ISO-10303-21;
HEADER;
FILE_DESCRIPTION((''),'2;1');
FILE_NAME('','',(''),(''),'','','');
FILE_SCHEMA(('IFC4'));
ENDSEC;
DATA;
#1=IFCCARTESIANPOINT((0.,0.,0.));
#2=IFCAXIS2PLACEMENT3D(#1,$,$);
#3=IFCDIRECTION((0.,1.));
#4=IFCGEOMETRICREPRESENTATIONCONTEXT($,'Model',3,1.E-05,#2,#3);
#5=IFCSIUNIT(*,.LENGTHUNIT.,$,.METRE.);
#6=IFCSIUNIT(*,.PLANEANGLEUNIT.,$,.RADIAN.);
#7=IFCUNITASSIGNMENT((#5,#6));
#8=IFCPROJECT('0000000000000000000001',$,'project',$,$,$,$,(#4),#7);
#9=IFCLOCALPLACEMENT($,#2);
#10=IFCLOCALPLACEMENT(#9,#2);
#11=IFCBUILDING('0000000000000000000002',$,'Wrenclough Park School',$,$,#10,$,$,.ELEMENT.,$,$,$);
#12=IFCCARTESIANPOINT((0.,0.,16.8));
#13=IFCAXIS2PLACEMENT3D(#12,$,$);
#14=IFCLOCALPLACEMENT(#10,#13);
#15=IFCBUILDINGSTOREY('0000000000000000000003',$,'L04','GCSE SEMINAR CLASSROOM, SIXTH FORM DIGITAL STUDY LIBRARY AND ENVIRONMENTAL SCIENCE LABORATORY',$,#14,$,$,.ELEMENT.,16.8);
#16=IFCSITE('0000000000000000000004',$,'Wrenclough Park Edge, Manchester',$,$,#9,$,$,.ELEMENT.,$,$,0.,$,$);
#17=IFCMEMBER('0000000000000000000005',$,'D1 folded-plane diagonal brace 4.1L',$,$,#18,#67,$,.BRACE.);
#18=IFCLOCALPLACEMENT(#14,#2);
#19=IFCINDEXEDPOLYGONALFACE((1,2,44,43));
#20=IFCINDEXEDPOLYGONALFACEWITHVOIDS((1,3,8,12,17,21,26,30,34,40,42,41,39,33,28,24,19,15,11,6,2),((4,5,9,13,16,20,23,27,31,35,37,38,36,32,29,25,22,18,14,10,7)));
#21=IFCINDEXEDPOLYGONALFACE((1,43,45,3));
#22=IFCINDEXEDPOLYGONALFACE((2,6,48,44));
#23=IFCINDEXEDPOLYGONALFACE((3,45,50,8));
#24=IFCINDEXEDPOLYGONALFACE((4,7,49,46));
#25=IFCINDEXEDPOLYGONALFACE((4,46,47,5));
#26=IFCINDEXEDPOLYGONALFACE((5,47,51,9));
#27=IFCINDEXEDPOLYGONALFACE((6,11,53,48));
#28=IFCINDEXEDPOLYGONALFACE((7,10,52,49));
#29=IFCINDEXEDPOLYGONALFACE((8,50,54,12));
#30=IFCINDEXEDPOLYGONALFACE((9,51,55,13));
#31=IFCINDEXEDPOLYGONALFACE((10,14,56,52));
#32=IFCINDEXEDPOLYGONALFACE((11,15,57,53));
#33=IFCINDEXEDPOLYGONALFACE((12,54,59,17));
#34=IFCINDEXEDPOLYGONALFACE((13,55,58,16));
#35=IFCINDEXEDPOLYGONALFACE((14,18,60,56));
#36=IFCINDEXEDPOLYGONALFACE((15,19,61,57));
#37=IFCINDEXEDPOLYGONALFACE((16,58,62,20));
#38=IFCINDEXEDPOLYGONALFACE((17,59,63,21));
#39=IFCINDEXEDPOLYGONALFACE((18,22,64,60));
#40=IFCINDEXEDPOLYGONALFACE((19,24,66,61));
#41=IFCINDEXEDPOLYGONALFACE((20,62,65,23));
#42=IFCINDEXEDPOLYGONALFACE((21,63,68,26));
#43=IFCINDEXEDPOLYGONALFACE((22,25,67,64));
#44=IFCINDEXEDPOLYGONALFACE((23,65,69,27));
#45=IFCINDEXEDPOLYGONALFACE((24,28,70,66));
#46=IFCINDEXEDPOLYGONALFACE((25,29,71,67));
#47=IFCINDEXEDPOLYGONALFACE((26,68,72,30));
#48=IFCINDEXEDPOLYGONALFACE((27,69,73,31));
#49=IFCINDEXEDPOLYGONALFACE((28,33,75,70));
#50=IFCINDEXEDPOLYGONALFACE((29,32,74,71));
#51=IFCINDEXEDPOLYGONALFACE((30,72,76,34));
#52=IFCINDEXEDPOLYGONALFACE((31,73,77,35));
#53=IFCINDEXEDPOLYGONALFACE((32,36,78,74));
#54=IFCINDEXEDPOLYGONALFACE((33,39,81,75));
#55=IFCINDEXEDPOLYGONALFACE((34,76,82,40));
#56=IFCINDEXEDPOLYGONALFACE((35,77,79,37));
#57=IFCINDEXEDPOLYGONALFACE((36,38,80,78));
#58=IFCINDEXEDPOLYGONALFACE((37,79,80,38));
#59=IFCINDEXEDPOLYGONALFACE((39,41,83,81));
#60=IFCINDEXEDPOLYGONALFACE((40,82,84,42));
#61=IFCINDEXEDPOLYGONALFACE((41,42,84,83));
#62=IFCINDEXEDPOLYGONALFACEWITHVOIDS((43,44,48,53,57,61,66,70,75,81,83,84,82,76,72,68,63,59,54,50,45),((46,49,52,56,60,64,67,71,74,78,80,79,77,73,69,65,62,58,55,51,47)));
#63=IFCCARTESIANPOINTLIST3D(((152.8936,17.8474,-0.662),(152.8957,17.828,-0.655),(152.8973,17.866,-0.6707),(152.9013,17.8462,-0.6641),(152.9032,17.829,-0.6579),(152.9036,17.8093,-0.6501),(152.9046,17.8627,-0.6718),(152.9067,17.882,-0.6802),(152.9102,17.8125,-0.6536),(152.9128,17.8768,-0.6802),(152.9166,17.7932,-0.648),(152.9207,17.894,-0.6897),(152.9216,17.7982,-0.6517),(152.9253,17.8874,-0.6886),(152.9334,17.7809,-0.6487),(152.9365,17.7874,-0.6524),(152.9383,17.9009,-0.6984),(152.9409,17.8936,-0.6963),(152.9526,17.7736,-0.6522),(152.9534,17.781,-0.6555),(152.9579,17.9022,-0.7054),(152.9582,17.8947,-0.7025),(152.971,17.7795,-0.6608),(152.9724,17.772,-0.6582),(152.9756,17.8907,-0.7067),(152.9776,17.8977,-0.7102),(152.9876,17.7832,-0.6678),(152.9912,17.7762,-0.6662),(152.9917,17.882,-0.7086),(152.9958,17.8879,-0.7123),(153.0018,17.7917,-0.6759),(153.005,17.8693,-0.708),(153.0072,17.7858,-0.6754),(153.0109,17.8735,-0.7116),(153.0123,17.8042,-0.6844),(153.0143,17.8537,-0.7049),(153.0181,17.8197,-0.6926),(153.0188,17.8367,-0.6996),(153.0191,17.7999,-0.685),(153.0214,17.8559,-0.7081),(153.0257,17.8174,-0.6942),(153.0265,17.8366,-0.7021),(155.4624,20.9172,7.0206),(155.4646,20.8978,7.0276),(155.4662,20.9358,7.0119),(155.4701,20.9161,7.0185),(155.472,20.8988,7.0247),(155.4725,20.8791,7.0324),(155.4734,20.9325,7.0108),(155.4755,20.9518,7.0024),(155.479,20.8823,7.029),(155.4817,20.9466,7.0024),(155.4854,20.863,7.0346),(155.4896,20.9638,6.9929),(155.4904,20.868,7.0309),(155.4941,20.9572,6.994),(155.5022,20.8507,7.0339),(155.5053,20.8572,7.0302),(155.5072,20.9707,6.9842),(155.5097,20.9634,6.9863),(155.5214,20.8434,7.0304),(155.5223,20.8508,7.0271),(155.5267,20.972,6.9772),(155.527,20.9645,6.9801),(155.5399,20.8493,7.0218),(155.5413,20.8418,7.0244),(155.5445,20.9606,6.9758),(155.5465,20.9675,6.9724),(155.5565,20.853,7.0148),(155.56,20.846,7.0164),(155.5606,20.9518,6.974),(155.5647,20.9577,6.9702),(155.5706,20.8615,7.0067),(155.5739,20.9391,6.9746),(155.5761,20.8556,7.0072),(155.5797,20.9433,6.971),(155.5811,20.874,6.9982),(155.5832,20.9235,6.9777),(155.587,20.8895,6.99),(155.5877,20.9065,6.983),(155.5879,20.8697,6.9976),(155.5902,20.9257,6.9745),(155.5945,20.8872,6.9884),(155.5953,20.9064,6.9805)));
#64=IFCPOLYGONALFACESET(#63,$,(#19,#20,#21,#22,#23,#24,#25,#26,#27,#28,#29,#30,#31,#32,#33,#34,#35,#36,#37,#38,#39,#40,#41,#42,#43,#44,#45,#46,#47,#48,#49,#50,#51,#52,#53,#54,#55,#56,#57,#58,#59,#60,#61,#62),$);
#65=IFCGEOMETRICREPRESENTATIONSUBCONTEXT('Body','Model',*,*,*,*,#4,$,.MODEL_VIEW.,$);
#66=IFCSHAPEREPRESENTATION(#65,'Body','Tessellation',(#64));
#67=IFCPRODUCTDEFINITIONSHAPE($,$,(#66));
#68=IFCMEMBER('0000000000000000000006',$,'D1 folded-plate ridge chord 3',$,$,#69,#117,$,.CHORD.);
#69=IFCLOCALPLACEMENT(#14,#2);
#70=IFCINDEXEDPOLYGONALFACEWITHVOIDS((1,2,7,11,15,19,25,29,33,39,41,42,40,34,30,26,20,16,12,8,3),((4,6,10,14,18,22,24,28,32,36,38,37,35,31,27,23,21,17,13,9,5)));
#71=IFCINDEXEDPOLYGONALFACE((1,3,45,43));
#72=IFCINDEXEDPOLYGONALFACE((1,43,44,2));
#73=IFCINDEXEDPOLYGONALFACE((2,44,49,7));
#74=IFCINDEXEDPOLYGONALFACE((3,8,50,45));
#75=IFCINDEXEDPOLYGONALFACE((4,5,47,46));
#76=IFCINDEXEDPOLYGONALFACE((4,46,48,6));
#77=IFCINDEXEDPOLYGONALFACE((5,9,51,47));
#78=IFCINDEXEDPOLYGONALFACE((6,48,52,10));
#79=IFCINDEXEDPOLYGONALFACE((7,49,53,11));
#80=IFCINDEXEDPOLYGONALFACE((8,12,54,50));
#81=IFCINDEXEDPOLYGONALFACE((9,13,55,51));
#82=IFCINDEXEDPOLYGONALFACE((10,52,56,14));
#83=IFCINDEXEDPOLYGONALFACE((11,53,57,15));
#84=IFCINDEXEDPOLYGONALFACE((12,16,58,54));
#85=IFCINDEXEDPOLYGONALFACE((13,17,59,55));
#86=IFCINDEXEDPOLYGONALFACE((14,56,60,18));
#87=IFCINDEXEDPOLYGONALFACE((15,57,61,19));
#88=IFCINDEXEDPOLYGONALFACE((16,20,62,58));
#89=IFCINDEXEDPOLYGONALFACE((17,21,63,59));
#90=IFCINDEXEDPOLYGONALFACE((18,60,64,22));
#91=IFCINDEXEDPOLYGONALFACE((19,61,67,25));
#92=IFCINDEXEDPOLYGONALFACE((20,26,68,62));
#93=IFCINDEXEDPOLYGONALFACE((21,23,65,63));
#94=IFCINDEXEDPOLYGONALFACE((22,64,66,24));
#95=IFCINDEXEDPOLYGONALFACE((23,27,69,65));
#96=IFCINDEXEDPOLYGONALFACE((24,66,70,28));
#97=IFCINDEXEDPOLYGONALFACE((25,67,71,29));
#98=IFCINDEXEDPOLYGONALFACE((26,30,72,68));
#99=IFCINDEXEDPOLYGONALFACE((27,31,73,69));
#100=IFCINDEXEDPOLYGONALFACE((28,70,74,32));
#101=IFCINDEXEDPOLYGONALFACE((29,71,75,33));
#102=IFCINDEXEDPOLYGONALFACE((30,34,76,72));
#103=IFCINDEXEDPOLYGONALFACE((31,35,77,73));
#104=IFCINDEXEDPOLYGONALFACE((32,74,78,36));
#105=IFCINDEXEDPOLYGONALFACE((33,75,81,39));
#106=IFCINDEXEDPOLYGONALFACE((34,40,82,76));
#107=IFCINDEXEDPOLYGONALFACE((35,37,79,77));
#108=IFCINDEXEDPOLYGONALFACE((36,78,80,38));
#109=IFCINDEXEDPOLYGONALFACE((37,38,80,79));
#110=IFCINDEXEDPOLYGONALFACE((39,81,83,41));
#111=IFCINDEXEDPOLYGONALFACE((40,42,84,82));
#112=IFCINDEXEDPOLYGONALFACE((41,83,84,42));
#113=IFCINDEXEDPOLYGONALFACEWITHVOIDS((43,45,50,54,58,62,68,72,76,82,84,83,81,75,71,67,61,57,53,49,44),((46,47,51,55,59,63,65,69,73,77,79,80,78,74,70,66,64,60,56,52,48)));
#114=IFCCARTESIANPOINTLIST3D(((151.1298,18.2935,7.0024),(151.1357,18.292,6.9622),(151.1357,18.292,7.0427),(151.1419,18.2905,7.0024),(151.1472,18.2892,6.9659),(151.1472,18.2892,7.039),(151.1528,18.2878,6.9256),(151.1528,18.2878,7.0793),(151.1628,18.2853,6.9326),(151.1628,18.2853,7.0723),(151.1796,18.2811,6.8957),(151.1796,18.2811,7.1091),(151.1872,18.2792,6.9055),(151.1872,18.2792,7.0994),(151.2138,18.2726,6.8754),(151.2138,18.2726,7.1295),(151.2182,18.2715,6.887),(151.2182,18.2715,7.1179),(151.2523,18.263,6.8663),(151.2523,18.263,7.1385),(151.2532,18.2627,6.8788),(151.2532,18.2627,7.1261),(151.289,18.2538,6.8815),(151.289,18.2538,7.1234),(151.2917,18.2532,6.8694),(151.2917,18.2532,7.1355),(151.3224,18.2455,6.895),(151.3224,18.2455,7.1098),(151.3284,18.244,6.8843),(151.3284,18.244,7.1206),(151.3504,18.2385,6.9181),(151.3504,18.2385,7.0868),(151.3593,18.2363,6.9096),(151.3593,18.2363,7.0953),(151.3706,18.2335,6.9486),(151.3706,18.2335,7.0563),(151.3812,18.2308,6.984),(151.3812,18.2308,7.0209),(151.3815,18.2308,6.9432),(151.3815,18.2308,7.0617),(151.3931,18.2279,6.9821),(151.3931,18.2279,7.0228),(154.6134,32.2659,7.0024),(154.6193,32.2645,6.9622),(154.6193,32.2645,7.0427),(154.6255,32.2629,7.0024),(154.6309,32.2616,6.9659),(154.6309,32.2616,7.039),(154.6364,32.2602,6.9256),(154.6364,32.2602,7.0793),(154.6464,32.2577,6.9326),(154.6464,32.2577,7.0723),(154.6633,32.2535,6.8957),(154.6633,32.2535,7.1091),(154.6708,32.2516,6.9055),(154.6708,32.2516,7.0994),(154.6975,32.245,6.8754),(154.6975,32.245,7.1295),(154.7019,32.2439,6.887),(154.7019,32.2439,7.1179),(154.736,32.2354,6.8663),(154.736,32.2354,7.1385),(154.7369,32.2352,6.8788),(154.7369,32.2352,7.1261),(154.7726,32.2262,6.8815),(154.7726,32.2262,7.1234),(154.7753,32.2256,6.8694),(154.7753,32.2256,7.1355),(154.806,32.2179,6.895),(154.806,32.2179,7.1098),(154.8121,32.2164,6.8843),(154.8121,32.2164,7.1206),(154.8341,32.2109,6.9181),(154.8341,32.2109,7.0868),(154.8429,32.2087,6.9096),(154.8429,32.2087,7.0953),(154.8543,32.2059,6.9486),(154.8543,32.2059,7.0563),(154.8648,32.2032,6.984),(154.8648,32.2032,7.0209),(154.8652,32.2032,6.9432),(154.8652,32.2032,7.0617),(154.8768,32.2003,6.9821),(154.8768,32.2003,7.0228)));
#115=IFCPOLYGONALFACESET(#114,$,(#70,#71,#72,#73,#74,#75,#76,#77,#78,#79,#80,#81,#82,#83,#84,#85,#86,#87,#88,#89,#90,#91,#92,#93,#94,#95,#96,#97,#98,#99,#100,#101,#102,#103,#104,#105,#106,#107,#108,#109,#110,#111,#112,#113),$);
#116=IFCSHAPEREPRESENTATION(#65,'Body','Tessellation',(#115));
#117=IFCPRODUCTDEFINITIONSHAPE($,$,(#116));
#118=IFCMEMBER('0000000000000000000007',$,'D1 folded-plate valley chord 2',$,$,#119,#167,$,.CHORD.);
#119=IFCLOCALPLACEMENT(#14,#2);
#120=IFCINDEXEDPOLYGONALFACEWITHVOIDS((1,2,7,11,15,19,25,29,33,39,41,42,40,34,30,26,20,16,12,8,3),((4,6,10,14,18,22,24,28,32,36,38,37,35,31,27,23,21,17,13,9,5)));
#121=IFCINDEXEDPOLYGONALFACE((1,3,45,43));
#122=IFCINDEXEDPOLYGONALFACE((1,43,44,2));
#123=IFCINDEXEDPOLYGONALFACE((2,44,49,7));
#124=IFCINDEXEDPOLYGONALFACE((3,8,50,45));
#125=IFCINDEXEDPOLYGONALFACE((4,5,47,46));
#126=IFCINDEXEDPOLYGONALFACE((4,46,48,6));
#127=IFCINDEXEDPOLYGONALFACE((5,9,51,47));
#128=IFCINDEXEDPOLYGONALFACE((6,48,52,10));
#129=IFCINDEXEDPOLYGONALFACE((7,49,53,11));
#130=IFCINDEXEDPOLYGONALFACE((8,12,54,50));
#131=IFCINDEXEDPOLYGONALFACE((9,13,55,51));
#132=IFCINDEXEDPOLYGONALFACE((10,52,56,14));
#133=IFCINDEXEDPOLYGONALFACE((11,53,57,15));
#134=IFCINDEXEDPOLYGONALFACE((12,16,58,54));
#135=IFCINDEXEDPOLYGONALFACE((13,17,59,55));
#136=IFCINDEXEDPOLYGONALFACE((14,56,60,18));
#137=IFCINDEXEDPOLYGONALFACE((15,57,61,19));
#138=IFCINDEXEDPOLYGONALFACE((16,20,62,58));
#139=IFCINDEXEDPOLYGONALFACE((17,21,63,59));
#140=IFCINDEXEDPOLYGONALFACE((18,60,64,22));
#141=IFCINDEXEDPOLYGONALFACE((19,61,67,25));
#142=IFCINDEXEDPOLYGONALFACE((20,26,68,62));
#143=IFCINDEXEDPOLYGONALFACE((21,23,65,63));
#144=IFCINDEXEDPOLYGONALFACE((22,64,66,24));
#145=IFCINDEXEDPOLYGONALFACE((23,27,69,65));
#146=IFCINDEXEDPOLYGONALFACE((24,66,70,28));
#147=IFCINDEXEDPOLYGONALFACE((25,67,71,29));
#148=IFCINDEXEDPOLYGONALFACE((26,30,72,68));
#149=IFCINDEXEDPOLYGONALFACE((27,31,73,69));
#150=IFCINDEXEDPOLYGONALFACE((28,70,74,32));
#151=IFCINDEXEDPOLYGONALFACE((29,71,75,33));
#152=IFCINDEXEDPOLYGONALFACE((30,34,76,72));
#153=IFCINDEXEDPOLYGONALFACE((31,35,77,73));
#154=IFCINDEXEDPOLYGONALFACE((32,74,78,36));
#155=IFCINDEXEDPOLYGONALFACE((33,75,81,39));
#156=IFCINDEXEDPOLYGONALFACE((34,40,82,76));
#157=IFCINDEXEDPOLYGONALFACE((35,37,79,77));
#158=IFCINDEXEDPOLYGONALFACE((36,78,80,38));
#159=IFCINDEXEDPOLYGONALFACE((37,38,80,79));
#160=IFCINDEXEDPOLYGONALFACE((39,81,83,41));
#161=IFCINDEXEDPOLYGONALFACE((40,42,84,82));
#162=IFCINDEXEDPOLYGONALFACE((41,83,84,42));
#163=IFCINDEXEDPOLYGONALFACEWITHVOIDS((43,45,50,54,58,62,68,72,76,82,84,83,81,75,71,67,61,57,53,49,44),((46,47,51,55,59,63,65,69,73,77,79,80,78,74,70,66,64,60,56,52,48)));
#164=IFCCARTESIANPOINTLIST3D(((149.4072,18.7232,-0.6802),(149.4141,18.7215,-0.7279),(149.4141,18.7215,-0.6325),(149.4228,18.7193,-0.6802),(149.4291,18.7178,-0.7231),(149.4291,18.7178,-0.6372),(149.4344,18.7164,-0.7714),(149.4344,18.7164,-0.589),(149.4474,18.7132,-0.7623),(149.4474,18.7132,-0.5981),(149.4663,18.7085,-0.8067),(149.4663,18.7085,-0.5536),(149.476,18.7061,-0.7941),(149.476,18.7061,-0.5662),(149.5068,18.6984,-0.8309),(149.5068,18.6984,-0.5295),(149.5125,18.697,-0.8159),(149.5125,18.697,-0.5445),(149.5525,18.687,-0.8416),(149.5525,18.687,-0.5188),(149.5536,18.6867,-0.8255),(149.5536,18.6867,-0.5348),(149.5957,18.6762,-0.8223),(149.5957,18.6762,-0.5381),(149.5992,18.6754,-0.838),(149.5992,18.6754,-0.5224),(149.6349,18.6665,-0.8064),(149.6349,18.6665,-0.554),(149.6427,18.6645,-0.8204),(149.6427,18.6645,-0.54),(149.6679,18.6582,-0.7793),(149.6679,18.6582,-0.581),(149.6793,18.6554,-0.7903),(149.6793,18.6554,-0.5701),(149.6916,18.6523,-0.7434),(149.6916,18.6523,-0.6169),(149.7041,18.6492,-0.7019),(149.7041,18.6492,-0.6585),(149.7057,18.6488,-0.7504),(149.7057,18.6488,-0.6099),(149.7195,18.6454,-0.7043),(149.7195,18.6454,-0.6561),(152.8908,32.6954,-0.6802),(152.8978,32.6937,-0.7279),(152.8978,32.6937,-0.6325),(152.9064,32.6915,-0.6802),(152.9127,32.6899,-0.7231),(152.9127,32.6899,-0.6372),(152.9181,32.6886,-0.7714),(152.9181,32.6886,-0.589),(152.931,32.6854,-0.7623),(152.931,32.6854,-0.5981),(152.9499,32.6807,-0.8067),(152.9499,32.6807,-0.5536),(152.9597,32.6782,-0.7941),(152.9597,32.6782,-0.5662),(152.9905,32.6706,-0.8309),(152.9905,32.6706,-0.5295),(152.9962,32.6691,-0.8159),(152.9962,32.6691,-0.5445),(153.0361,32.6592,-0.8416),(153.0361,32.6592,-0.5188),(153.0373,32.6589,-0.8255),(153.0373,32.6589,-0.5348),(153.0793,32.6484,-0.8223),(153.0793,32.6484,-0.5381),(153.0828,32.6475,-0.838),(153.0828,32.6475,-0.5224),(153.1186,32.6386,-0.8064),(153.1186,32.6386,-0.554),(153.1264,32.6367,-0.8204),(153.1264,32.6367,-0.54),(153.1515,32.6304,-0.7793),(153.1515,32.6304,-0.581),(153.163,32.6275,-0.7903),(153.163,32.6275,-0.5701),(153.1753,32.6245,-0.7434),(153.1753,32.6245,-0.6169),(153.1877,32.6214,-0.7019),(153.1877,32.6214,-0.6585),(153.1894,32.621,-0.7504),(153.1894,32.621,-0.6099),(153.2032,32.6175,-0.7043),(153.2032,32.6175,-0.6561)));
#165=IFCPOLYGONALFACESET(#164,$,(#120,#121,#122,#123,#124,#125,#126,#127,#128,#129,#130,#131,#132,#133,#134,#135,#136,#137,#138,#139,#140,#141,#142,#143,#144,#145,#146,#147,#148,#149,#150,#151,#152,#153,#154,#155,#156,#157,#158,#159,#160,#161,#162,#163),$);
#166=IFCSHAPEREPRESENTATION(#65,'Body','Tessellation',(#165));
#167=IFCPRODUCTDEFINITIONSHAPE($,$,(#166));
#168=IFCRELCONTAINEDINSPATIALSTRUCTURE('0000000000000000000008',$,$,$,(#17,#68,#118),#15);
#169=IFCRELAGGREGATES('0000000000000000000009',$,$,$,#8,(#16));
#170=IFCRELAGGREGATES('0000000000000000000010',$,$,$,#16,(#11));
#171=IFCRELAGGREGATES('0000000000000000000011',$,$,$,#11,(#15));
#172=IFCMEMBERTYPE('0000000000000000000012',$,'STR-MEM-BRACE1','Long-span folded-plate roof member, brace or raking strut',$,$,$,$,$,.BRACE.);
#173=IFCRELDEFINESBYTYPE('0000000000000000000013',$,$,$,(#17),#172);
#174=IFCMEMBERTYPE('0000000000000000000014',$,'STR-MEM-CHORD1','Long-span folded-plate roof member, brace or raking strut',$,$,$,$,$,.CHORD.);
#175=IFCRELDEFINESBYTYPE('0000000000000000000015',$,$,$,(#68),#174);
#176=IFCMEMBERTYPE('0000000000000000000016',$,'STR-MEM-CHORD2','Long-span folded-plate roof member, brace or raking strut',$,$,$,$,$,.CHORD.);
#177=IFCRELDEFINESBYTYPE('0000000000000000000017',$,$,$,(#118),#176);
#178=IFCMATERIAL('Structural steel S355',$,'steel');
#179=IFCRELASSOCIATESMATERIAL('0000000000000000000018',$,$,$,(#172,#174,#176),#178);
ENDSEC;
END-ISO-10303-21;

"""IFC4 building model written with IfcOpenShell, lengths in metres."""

from ifc_helpers import new_model, si_unit, direction, frame, origin, origin_2d, place, context, subcontext, project, spatial, hollow_circle, extrude, material, material_profile, profile_set, type_object, element, save


model = new_model("IFC4")

# Units and contexts
model_context = context("Model", 3, precision=1e-05, world=origin(), true_north=direction((0.0, 1.0)))
body_context = subcontext(model_context, "Body", "Model", "MODEL_VIEW")
ifc_project = project(units=[si_unit("LENGTHUNIT", "METRE"), si_unit("PLANEANGLEUNIT", "RADIAN")], contexts=[model_context])

# Site, building, storey
site_placement = place(None, origin())
site = spatial("IfcSite", under=ifc_project, at=site_placement, Name="Wrenclough Park Edge, Manchester", CompositionType="ELEMENT", RefElevation=0.0)
building_placement = place(site_placement, origin())
building = spatial("IfcBuilding", under=site, at=building_placement, Name="Wrenclough Park School", CompositionType="ELEMENT")
storey_placement = place(building_placement, frame((0.0, 0.0, 16.8)))
storey = spatial("IfcBuildingStorey", under=building, at=storey_placement, Name="L04", Description="GCSE SEMINAR CLASSROOM, SIXTH FORM DIGITAL STUDY LIBRARY AND ENVIRONMENTAL SCIENCE LABORATORY", CompositionType="ELEMENT", Elevation=16.8)

# Members
ifc_material_1 = material(Name="Structural steel S355", Category="steel")
ifc_material_profile_1 = material_profile(ifc_material_1, hollow_circle(Radius=0.0698, WallThickness=0.0081, at=origin_2d()), Name="CHS 139.7x8.0")
ifc_profile_set_1 = profile_set([ifc_material_profile_1], Name="Structural steel S355")
member_type_1 = type_object("IfcMemberType", Name="STR-MEM-BRACE1", Description="Long-span folded-plate roof member, brace or raking strut", PredefinedType="BRACE", material=ifc_profile_set_1)
for number, where, z_axis, x_axis, name in (
    (1, (152.9602, 17.8372, -0.6802), (0.296535, 0.354366, 0.886844), (-0.76691, 0.641755, 0.0), "D1 folded-plane diagonal brace 4.1L"),
):
    element("IfcMember", number, at=place(storey_placement, frame(where, z_axis=z_axis, x_axis=x_axis)), inside=storey, type_object=member_type_1, Name=name, PredefinedType="BRACE", context=body_context, shape_type="SweptSolid", body=[
        extrude(hollow_circle(Radius=0.0698, WallThickness=0.0081, at=origin_2d()), origin(), (0.0, 0.0, 1.0), 8.6628),
    ])
ifc_material_profile_2 = material_profile(ifc_material_1, hollow_circle(Radius=0.1365, WallThickness=0.0125, at=origin_2d()), Name="CHS 273.0x12.5")
ifc_profile_set_2 = profile_set([ifc_material_profile_2], Name="Structural steel S355")
member_type_2 = type_object("IfcMemberType", Name="STR-MEM-CHORD1", Description="Long-span folded-plate roof member, brace or raking strut", PredefinedType="CHORD", material=ifc_profile_set_2)
member_1_placement = place(storey_placement, frame((151.2622, 18.2605, 7.0024), z_axis=(0.241917, 0.970297, 0.0), x_axis=(-0.970297, 0.241917, 0.0)))
element("IfcMember", 2, at=member_1_placement, inside=storey, type_object=member_type_2, Name="D1 folded-plate ridge chord 3", PredefinedType="CHORD", context=body_context, shape_type="SweptSolid", body=[
    extrude(hollow_circle(Radius=0.1365, WallThickness=0.0125, at=origin_2d()), origin(), (0.0, 0.0, 1.0), 14.4001),
])
ifc_material_profile_3 = material_profile(ifc_material_1, hollow_circle(Radius=0.1619, WallThickness=0.0161, at=origin_2d()), Name="CHS 323.9x16.0")
ifc_profile_set_3 = profile_set([ifc_material_profile_3], Name="Structural steel S355")
member_type_3 = type_object("IfcMemberType", Name="STR-MEM-CHORD2", Description="Long-span folded-plate roof member, brace or raking strut", PredefinedType="CHORD", material=ifc_profile_set_3)
member_2_placement = place(storey_placement, frame((149.5642, 18.6841, -0.6802), z_axis=(0.241921, 0.970296, 0.0), x_axis=(-0.970296, 0.241921, 0.0)))
element("IfcMember", 3, at=member_2_placement, inside=storey, type_object=member_type_3, Name="D1 folded-plate valley chord 2", PredefinedType="CHORD", context=body_context, shape_type="SweptSolid", body=[
    extrude(hollow_circle(Radius=0.1619, WallThickness=0.0161, at=origin_2d()), origin(), (0.0, 0.0, 1.0), 14.3999),
])

save(model, "model.ifc")
